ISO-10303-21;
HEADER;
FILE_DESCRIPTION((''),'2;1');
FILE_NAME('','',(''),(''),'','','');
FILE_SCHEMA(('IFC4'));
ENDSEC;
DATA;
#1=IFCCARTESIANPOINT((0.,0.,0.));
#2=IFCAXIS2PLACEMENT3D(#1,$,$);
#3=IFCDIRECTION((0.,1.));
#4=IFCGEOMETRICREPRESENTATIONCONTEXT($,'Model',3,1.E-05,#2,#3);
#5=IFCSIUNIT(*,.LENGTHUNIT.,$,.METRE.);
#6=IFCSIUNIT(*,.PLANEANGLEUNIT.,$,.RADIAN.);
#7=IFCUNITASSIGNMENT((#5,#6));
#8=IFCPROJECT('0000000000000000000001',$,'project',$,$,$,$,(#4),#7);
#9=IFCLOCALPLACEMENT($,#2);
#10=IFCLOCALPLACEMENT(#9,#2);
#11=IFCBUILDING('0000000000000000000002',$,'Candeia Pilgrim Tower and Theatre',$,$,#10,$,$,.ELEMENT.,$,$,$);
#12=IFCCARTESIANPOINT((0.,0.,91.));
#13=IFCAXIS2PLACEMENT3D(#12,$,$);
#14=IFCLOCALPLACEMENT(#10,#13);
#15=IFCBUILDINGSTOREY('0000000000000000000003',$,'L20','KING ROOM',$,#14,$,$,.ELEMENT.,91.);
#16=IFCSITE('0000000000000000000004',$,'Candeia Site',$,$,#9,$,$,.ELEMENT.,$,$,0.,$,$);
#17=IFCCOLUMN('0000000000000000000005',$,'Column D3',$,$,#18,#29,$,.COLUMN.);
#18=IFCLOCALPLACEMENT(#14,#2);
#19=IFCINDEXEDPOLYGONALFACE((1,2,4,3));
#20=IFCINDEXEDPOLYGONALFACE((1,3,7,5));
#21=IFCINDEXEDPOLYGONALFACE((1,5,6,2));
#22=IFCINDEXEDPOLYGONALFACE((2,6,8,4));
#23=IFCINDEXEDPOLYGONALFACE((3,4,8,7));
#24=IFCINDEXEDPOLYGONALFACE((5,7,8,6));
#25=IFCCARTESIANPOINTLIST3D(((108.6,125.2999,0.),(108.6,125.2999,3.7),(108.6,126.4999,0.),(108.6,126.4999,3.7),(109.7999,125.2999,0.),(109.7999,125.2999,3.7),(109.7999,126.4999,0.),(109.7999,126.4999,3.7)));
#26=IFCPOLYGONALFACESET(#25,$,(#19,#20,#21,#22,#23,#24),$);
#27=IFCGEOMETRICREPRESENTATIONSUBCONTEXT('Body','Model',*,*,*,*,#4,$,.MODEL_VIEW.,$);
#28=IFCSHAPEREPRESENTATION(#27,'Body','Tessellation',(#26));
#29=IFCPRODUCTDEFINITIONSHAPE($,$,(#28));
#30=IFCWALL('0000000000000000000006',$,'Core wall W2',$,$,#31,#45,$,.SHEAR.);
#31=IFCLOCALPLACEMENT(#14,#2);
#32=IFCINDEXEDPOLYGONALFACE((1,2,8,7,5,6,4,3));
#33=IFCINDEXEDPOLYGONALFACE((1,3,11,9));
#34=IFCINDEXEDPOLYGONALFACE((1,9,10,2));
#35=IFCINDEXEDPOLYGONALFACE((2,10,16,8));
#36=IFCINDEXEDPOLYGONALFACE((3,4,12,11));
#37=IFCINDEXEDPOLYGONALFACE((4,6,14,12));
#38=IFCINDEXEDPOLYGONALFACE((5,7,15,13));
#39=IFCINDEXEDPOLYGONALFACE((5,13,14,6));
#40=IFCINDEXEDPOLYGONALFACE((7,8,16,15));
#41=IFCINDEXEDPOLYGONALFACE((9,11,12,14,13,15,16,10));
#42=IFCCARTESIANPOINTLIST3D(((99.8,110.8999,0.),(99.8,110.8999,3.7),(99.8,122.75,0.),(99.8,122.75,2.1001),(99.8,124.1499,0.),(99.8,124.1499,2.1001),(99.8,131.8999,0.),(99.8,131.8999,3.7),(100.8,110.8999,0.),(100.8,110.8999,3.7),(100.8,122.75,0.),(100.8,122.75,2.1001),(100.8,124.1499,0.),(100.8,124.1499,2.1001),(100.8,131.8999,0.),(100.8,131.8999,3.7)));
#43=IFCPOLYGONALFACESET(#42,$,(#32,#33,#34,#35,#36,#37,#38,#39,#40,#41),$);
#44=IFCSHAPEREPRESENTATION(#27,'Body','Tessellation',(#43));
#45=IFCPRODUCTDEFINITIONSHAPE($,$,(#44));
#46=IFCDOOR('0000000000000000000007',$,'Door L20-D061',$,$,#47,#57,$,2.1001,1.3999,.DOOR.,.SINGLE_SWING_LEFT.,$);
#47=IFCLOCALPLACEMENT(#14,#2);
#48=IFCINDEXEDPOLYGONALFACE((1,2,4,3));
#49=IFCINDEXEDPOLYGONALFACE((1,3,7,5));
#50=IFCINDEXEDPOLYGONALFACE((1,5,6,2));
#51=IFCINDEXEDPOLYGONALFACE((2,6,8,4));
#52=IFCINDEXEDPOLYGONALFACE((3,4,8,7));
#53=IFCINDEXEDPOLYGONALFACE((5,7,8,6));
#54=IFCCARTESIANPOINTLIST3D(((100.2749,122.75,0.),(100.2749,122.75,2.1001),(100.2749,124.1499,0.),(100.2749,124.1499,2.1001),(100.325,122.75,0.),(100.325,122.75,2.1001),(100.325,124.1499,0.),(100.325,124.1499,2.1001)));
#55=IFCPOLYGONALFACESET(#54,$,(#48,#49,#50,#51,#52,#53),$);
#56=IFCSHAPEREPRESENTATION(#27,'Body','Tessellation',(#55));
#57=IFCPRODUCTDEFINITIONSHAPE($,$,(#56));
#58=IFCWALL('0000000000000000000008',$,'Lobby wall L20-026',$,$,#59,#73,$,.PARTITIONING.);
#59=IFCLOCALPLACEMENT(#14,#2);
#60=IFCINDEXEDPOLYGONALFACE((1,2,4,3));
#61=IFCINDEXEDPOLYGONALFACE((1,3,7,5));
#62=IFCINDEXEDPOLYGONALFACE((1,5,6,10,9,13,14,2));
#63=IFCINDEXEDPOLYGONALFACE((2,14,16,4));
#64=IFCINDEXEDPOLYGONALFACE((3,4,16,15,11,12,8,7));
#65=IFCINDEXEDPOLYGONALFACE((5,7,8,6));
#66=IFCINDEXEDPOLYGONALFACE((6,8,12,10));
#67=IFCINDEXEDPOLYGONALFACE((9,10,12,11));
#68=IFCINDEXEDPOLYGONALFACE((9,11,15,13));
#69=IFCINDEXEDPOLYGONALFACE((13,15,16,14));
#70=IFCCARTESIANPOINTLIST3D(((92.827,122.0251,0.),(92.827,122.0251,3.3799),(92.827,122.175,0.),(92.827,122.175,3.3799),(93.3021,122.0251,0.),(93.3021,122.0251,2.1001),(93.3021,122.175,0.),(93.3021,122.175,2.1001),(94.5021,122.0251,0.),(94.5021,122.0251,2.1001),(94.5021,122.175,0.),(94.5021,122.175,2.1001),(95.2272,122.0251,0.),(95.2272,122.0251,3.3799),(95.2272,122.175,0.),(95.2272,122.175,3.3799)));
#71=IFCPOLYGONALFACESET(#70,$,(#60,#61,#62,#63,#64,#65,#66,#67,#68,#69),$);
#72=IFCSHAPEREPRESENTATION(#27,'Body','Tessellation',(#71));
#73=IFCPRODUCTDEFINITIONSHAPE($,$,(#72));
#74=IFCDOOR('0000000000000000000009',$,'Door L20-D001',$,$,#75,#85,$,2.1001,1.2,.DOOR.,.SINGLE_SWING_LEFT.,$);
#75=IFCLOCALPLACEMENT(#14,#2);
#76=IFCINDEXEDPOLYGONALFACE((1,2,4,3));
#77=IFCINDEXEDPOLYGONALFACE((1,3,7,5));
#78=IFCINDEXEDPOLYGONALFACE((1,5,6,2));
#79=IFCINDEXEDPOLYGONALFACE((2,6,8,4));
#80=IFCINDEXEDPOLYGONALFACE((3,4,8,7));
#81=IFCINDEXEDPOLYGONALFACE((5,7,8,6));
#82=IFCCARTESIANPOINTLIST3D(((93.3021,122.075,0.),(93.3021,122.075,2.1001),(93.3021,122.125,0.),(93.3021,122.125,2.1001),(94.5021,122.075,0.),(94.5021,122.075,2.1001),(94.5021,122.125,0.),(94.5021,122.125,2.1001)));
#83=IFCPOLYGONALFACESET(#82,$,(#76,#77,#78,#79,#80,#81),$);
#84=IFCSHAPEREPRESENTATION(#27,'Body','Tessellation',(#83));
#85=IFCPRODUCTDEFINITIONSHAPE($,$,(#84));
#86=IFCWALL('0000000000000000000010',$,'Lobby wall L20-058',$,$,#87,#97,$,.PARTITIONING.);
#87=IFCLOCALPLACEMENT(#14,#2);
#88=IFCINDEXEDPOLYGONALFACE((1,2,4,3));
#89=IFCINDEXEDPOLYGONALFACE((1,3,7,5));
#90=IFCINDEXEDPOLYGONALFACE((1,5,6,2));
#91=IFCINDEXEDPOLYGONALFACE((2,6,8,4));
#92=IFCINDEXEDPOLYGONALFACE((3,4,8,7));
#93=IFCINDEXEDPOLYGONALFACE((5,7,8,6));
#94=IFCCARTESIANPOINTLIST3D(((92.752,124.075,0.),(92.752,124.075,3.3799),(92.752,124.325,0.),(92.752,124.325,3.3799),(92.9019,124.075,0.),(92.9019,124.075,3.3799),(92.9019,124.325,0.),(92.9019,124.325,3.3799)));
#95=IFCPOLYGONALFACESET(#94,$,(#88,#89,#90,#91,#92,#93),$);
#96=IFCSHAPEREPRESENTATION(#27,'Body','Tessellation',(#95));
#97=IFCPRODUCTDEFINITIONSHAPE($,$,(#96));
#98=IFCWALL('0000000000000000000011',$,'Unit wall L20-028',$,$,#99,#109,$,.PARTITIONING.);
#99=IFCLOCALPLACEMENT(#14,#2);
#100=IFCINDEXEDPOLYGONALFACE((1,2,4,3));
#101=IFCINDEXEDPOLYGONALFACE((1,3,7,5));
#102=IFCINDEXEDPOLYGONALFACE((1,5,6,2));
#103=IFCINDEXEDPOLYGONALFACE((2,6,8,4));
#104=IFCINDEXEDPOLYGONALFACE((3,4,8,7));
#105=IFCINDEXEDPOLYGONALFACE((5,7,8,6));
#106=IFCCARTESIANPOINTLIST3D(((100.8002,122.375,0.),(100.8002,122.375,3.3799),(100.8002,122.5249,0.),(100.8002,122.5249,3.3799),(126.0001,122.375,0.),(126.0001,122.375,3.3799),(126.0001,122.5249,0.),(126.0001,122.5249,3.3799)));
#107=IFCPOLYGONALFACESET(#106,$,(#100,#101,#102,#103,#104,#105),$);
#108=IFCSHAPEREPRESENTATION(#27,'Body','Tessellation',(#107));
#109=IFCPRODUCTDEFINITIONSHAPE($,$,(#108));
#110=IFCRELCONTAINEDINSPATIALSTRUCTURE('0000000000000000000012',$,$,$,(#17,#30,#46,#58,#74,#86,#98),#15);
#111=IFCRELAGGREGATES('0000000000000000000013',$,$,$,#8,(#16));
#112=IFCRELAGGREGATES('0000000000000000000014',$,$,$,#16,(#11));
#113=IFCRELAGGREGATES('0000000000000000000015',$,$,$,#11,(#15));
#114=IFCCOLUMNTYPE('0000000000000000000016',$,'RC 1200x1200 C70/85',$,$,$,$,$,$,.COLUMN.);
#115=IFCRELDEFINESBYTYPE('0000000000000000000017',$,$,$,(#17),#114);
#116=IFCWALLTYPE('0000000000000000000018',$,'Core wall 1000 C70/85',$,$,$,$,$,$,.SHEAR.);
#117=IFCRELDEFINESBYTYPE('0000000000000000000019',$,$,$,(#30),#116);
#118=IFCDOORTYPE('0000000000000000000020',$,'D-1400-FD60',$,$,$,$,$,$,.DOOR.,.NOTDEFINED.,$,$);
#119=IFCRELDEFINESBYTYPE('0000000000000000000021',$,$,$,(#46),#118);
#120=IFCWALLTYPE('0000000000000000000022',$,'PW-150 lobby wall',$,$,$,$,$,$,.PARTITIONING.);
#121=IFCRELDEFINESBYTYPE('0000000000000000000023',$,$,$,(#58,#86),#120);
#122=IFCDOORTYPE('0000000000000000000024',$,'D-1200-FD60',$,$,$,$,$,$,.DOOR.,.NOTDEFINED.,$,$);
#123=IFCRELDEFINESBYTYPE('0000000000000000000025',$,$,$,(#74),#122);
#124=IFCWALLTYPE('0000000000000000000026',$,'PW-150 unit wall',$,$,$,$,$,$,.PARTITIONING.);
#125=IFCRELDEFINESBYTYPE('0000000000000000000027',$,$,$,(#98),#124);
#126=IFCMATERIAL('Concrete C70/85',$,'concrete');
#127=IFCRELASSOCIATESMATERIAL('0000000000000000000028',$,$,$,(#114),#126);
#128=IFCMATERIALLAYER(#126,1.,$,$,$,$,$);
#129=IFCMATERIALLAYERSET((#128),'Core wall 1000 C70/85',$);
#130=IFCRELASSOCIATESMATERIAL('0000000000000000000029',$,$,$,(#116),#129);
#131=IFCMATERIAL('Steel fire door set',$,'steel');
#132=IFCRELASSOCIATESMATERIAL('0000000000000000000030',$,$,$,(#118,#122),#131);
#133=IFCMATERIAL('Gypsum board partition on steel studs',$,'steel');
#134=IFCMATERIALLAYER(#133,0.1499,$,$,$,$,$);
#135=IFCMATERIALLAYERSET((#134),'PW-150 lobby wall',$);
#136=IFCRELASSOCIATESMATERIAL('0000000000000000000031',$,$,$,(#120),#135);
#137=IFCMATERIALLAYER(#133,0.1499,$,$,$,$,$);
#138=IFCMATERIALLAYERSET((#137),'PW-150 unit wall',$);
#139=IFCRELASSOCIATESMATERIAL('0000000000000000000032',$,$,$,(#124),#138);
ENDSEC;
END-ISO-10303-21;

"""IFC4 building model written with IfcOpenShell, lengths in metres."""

from ifc_helpers import new_model, si_unit, direction, frame, frame_2d, origin, origin_2d, place, context, subcontext, project, spatial, rectangle, extrude, material, layer, layer_set, material_profile, profile_set, type_object, element, fill, save


model = new_model("IFC4")

# Units and contexts
model_context = context("Model", 3, precision=1e-05, world=origin(), true_north=direction((0.0, 1.0)))
body_context = subcontext(model_context, "Body", "Model", "MODEL_VIEW")
ifc_project = project(units=[si_unit("LENGTHUNIT", "METRE"), si_unit("PLANEANGLEUNIT", "RADIAN")], contexts=[model_context])

# Site, building, storey
site_placement = place(None, origin())
site = spatial("IfcSite", under=ifc_project, at=site_placement, Name="Candeia Site", CompositionType="ELEMENT", RefElevation=0.0)
building_placement = place(site_placement, origin())
building = spatial("IfcBuilding", under=site, at=building_placement, Name="Candeia Pilgrim Tower and Theatre", CompositionType="ELEMENT")
storey_placement = place(building_placement, frame((0.0, 0.0, 91.0)))
storey = spatial("IfcBuildingStorey", under=building, at=storey_placement, Name="L20", Description="KING ROOM", CompositionType="ELEMENT", Elevation=91.0)

# Column
ifc_material_1 = material(Name="Concrete C70/85", Category="concrete")
ifc_material_profile = material_profile(ifc_material_1, rectangle(XDim=1.2, YDim=1.2, at=origin_2d()))
ifc_profile_set = profile_set([ifc_material_profile], Name="Concrete C70/85")
column_type = type_object("IfcColumnType", Name="RC 1200x1200 C70/85", PredefinedType="COLUMN", material=ifc_profile_set)
column_placement = place(storey_placement, frame((109.2, 125.8999, 0.0), z_axis=(0.0, 0.0, 1.0), x_axis=(1.0, 0.0, 0.0)))
element("IfcColumn", 1, at=column_placement, inside=storey, type_object=column_type, Name="Column D3", PredefinedType="COLUMN", context=body_context, shape_type="SweptSolid", body=[
    extrude(rectangle(XDim=1.2, YDim=1.2, at=origin_2d()), origin(), (0.0, 0.0, 1.0), 3.7),
])

# Walls, openings, doors
ifc_layer_1 = layer(ifc_material_1, 1.0)
ifc_layer_set_1 = layer_set([ifc_layer_1], Name="Core wall 1000 C70/85")
wall_type_1 = type_object("IfcWallType", Name="Core wall 1000 C70/85", PredefinedType="SHEAR", material=ifc_layer_set_1)
wall_1_placement = place(storey_placement, frame((100.3, 131.8999, 0.0), z_axis=(0.0, 0.0, 1.0), x_axis=(0.0, -1.0, 0.0)))
wall_1 = element("IfcWall", 2, at=wall_1_placement, inside=storey, type_object=wall_type_1, Name="Core wall W2", PredefinedType="SHEAR", context=body_context, shape_type="SweptSolid", body=[
    extrude(rectangle(XDim=21.0, YDim=1.0, at=frame_2d((10.5, 0.0))), origin(), (0.0, 0.0, 1.0), 3.7),
])
opening_1_placement = place(wall_1_placement, frame((7.75, 0.0, 0.0)))
opening_1 = element("IfcOpeningElement", 3, at=opening_1_placement, cuts=wall_1, PredefinedType="OPENING", context=body_context, shape_type="SweptSolid", body=[
    extrude(rectangle(XDim=1.3999, YDim=2.1001, at=frame_2d((0.7, 1.05))), frame((0.0, 0.51, 0.0), z_axis=(0.0, -1.0, 0.0), x_axis=(1.0, 0.0, 0.0)), (0.0, 0.0, 1.0), 1.02),
])
ifc_material_2 = material(Name="Steel fire door set", Category="steel")
door_type_1 = type_object("IfcDoorType", Name="D-1400-FD60", OperationType="NOTDEFINED", PredefinedType="DOOR", material=ifc_material_2)
door_1_placement = place(opening_1_placement, origin())
door_1 = element("IfcDoor", 4, at=door_1_placement, inside=storey, type_object=door_type_1, Name="Door L20-D061", OperationType="SINGLE_SWING_LEFT", OverallHeight=2.1001, OverallWidth=1.3999, PredefinedType="DOOR", context=body_context, shape_type="SweptSolid", body=[
    extrude(rectangle(XDim=1.3999, YDim=2.1001, at=frame_2d((0.7, 1.05))), frame((0.0, 0.0249, 0.0), z_axis=(0.0, -1.0, 0.0), x_axis=(1.0, 0.0, 0.0)), (0.0, 0.0, 1.0), 0.05),
])
fill(opening_1, door_1)
ifc_material_3 = material(Name="Gypsum board partition on steel studs", Category="steel")
ifc_layer_2 = layer(ifc_material_3, 0.1499)
ifc_layer_set_2 = layer_set([ifc_layer_2], Name="PW-150 lobby wall")
wall_type_2 = type_object("IfcWallType", Name="PW-150 lobby wall", PredefinedType="PARTITIONING", material=ifc_layer_set_2)
wall_2_placement = place(storey_placement, frame((92.8269, 122.1001, 0.0), z_axis=(0.0, 0.0, 1.0), x_axis=(1.0, 0.0, 0.0)))
wall_2 = element("IfcWall", 5, at=wall_2_placement, inside=storey, type_object=wall_type_2, Name="Lobby wall L20-026", PredefinedType="PARTITIONING", context=body_context, shape_type="SweptSolid", body=[
    extrude(rectangle(XDim=2.4001, YDim=0.1499, at=frame_2d((1.2002, 0.0))), origin(), (0.0, 0.0, 1.0), 3.3799),
])
opening_2_placement = place(wall_2_placement, frame((0.4751, 0.0, 0.0)))
opening_2 = element("IfcOpeningElement", 6, at=opening_2_placement, cuts=wall_2, PredefinedType="OPENING", context=body_context, shape_type="SweptSolid", body=[
    extrude(rectangle(XDim=1.2, YDim=2.1001, at=frame_2d((0.6001, 1.05))), frame((0.0, 0.085, 0.0), z_axis=(0.0, -1.0, 0.0), x_axis=(1.0, 0.0, 0.0)), (0.0, 0.0, 1.0), 0.1699),
])
door_type_2 = type_object("IfcDoorType", Name="D-1200-FD60", OperationType="NOTDEFINED", PredefinedType="DOOR", material=ifc_material_2)
door_2_placement = place(opening_2_placement, origin())
door_2 = element("IfcDoor", 7, at=door_2_placement, inside=storey, type_object=door_type_2, Name="Door L20-D001", OperationType="SINGLE_SWING_LEFT", OverallHeight=2.1001, OverallWidth=1.2, PredefinedType="DOOR", context=body_context, shape_type="SweptSolid", body=[
    extrude(rectangle(XDim=1.2, YDim=2.1001, at=frame_2d((0.6001, 1.05))), frame((0.0, 0.0249, 0.0), z_axis=(0.0, -1.0, 0.0), x_axis=(1.0, 0.0, 0.0)), (0.0, 0.0, 1.0), 0.05),
])
fill(opening_2, door_2)

# Walls
wall_3_placement = place(storey_placement, frame((92.8269, 124.075, 0.0), z_axis=(0.0, 0.0, 1.0), x_axis=(0.0, 1.0, 0.0)))
element("IfcWall", 8, at=wall_3_placement, inside=storey, type_object=wall_type_2, Name="Lobby wall L20-058", PredefinedType="PARTITIONING", context=body_context, shape_type="SweptSolid", body=[
    extrude(rectangle(XDim=0.25, YDim=0.1499, at=frame_2d((0.125, 0.0))), origin(), (0.0, 0.0, 1.0), 3.3799),
])
ifc_layer_3 = layer(ifc_material_3, 0.1499)
ifc_layer_set_3 = layer_set([ifc_layer_3], Name="PW-150 unit wall")
wall_type_3 = type_object("IfcWallType", Name="PW-150 unit wall", PredefinedType="PARTITIONING", material=ifc_layer_set_3)
wall_4_placement = place(storey_placement, frame((100.8, 122.45, 0.0), z_axis=(0.0, 0.0, 1.0), x_axis=(1.0, 0.0, 0.0)))
element("IfcWall", 9, at=wall_4_placement, inside=storey, type_object=wall_type_3, Name="Unit wall L20-028", PredefinedType="PARTITIONING", context=body_context, shape_type="SweptSolid", body=[
    extrude(rectangle(XDim=25.2, YDim=0.1499, at=frame_2d((12.6001, 0.0))), origin(), (0.0, 0.0, 1.0), 3.3799),
])

save(model, "model.ifc")
